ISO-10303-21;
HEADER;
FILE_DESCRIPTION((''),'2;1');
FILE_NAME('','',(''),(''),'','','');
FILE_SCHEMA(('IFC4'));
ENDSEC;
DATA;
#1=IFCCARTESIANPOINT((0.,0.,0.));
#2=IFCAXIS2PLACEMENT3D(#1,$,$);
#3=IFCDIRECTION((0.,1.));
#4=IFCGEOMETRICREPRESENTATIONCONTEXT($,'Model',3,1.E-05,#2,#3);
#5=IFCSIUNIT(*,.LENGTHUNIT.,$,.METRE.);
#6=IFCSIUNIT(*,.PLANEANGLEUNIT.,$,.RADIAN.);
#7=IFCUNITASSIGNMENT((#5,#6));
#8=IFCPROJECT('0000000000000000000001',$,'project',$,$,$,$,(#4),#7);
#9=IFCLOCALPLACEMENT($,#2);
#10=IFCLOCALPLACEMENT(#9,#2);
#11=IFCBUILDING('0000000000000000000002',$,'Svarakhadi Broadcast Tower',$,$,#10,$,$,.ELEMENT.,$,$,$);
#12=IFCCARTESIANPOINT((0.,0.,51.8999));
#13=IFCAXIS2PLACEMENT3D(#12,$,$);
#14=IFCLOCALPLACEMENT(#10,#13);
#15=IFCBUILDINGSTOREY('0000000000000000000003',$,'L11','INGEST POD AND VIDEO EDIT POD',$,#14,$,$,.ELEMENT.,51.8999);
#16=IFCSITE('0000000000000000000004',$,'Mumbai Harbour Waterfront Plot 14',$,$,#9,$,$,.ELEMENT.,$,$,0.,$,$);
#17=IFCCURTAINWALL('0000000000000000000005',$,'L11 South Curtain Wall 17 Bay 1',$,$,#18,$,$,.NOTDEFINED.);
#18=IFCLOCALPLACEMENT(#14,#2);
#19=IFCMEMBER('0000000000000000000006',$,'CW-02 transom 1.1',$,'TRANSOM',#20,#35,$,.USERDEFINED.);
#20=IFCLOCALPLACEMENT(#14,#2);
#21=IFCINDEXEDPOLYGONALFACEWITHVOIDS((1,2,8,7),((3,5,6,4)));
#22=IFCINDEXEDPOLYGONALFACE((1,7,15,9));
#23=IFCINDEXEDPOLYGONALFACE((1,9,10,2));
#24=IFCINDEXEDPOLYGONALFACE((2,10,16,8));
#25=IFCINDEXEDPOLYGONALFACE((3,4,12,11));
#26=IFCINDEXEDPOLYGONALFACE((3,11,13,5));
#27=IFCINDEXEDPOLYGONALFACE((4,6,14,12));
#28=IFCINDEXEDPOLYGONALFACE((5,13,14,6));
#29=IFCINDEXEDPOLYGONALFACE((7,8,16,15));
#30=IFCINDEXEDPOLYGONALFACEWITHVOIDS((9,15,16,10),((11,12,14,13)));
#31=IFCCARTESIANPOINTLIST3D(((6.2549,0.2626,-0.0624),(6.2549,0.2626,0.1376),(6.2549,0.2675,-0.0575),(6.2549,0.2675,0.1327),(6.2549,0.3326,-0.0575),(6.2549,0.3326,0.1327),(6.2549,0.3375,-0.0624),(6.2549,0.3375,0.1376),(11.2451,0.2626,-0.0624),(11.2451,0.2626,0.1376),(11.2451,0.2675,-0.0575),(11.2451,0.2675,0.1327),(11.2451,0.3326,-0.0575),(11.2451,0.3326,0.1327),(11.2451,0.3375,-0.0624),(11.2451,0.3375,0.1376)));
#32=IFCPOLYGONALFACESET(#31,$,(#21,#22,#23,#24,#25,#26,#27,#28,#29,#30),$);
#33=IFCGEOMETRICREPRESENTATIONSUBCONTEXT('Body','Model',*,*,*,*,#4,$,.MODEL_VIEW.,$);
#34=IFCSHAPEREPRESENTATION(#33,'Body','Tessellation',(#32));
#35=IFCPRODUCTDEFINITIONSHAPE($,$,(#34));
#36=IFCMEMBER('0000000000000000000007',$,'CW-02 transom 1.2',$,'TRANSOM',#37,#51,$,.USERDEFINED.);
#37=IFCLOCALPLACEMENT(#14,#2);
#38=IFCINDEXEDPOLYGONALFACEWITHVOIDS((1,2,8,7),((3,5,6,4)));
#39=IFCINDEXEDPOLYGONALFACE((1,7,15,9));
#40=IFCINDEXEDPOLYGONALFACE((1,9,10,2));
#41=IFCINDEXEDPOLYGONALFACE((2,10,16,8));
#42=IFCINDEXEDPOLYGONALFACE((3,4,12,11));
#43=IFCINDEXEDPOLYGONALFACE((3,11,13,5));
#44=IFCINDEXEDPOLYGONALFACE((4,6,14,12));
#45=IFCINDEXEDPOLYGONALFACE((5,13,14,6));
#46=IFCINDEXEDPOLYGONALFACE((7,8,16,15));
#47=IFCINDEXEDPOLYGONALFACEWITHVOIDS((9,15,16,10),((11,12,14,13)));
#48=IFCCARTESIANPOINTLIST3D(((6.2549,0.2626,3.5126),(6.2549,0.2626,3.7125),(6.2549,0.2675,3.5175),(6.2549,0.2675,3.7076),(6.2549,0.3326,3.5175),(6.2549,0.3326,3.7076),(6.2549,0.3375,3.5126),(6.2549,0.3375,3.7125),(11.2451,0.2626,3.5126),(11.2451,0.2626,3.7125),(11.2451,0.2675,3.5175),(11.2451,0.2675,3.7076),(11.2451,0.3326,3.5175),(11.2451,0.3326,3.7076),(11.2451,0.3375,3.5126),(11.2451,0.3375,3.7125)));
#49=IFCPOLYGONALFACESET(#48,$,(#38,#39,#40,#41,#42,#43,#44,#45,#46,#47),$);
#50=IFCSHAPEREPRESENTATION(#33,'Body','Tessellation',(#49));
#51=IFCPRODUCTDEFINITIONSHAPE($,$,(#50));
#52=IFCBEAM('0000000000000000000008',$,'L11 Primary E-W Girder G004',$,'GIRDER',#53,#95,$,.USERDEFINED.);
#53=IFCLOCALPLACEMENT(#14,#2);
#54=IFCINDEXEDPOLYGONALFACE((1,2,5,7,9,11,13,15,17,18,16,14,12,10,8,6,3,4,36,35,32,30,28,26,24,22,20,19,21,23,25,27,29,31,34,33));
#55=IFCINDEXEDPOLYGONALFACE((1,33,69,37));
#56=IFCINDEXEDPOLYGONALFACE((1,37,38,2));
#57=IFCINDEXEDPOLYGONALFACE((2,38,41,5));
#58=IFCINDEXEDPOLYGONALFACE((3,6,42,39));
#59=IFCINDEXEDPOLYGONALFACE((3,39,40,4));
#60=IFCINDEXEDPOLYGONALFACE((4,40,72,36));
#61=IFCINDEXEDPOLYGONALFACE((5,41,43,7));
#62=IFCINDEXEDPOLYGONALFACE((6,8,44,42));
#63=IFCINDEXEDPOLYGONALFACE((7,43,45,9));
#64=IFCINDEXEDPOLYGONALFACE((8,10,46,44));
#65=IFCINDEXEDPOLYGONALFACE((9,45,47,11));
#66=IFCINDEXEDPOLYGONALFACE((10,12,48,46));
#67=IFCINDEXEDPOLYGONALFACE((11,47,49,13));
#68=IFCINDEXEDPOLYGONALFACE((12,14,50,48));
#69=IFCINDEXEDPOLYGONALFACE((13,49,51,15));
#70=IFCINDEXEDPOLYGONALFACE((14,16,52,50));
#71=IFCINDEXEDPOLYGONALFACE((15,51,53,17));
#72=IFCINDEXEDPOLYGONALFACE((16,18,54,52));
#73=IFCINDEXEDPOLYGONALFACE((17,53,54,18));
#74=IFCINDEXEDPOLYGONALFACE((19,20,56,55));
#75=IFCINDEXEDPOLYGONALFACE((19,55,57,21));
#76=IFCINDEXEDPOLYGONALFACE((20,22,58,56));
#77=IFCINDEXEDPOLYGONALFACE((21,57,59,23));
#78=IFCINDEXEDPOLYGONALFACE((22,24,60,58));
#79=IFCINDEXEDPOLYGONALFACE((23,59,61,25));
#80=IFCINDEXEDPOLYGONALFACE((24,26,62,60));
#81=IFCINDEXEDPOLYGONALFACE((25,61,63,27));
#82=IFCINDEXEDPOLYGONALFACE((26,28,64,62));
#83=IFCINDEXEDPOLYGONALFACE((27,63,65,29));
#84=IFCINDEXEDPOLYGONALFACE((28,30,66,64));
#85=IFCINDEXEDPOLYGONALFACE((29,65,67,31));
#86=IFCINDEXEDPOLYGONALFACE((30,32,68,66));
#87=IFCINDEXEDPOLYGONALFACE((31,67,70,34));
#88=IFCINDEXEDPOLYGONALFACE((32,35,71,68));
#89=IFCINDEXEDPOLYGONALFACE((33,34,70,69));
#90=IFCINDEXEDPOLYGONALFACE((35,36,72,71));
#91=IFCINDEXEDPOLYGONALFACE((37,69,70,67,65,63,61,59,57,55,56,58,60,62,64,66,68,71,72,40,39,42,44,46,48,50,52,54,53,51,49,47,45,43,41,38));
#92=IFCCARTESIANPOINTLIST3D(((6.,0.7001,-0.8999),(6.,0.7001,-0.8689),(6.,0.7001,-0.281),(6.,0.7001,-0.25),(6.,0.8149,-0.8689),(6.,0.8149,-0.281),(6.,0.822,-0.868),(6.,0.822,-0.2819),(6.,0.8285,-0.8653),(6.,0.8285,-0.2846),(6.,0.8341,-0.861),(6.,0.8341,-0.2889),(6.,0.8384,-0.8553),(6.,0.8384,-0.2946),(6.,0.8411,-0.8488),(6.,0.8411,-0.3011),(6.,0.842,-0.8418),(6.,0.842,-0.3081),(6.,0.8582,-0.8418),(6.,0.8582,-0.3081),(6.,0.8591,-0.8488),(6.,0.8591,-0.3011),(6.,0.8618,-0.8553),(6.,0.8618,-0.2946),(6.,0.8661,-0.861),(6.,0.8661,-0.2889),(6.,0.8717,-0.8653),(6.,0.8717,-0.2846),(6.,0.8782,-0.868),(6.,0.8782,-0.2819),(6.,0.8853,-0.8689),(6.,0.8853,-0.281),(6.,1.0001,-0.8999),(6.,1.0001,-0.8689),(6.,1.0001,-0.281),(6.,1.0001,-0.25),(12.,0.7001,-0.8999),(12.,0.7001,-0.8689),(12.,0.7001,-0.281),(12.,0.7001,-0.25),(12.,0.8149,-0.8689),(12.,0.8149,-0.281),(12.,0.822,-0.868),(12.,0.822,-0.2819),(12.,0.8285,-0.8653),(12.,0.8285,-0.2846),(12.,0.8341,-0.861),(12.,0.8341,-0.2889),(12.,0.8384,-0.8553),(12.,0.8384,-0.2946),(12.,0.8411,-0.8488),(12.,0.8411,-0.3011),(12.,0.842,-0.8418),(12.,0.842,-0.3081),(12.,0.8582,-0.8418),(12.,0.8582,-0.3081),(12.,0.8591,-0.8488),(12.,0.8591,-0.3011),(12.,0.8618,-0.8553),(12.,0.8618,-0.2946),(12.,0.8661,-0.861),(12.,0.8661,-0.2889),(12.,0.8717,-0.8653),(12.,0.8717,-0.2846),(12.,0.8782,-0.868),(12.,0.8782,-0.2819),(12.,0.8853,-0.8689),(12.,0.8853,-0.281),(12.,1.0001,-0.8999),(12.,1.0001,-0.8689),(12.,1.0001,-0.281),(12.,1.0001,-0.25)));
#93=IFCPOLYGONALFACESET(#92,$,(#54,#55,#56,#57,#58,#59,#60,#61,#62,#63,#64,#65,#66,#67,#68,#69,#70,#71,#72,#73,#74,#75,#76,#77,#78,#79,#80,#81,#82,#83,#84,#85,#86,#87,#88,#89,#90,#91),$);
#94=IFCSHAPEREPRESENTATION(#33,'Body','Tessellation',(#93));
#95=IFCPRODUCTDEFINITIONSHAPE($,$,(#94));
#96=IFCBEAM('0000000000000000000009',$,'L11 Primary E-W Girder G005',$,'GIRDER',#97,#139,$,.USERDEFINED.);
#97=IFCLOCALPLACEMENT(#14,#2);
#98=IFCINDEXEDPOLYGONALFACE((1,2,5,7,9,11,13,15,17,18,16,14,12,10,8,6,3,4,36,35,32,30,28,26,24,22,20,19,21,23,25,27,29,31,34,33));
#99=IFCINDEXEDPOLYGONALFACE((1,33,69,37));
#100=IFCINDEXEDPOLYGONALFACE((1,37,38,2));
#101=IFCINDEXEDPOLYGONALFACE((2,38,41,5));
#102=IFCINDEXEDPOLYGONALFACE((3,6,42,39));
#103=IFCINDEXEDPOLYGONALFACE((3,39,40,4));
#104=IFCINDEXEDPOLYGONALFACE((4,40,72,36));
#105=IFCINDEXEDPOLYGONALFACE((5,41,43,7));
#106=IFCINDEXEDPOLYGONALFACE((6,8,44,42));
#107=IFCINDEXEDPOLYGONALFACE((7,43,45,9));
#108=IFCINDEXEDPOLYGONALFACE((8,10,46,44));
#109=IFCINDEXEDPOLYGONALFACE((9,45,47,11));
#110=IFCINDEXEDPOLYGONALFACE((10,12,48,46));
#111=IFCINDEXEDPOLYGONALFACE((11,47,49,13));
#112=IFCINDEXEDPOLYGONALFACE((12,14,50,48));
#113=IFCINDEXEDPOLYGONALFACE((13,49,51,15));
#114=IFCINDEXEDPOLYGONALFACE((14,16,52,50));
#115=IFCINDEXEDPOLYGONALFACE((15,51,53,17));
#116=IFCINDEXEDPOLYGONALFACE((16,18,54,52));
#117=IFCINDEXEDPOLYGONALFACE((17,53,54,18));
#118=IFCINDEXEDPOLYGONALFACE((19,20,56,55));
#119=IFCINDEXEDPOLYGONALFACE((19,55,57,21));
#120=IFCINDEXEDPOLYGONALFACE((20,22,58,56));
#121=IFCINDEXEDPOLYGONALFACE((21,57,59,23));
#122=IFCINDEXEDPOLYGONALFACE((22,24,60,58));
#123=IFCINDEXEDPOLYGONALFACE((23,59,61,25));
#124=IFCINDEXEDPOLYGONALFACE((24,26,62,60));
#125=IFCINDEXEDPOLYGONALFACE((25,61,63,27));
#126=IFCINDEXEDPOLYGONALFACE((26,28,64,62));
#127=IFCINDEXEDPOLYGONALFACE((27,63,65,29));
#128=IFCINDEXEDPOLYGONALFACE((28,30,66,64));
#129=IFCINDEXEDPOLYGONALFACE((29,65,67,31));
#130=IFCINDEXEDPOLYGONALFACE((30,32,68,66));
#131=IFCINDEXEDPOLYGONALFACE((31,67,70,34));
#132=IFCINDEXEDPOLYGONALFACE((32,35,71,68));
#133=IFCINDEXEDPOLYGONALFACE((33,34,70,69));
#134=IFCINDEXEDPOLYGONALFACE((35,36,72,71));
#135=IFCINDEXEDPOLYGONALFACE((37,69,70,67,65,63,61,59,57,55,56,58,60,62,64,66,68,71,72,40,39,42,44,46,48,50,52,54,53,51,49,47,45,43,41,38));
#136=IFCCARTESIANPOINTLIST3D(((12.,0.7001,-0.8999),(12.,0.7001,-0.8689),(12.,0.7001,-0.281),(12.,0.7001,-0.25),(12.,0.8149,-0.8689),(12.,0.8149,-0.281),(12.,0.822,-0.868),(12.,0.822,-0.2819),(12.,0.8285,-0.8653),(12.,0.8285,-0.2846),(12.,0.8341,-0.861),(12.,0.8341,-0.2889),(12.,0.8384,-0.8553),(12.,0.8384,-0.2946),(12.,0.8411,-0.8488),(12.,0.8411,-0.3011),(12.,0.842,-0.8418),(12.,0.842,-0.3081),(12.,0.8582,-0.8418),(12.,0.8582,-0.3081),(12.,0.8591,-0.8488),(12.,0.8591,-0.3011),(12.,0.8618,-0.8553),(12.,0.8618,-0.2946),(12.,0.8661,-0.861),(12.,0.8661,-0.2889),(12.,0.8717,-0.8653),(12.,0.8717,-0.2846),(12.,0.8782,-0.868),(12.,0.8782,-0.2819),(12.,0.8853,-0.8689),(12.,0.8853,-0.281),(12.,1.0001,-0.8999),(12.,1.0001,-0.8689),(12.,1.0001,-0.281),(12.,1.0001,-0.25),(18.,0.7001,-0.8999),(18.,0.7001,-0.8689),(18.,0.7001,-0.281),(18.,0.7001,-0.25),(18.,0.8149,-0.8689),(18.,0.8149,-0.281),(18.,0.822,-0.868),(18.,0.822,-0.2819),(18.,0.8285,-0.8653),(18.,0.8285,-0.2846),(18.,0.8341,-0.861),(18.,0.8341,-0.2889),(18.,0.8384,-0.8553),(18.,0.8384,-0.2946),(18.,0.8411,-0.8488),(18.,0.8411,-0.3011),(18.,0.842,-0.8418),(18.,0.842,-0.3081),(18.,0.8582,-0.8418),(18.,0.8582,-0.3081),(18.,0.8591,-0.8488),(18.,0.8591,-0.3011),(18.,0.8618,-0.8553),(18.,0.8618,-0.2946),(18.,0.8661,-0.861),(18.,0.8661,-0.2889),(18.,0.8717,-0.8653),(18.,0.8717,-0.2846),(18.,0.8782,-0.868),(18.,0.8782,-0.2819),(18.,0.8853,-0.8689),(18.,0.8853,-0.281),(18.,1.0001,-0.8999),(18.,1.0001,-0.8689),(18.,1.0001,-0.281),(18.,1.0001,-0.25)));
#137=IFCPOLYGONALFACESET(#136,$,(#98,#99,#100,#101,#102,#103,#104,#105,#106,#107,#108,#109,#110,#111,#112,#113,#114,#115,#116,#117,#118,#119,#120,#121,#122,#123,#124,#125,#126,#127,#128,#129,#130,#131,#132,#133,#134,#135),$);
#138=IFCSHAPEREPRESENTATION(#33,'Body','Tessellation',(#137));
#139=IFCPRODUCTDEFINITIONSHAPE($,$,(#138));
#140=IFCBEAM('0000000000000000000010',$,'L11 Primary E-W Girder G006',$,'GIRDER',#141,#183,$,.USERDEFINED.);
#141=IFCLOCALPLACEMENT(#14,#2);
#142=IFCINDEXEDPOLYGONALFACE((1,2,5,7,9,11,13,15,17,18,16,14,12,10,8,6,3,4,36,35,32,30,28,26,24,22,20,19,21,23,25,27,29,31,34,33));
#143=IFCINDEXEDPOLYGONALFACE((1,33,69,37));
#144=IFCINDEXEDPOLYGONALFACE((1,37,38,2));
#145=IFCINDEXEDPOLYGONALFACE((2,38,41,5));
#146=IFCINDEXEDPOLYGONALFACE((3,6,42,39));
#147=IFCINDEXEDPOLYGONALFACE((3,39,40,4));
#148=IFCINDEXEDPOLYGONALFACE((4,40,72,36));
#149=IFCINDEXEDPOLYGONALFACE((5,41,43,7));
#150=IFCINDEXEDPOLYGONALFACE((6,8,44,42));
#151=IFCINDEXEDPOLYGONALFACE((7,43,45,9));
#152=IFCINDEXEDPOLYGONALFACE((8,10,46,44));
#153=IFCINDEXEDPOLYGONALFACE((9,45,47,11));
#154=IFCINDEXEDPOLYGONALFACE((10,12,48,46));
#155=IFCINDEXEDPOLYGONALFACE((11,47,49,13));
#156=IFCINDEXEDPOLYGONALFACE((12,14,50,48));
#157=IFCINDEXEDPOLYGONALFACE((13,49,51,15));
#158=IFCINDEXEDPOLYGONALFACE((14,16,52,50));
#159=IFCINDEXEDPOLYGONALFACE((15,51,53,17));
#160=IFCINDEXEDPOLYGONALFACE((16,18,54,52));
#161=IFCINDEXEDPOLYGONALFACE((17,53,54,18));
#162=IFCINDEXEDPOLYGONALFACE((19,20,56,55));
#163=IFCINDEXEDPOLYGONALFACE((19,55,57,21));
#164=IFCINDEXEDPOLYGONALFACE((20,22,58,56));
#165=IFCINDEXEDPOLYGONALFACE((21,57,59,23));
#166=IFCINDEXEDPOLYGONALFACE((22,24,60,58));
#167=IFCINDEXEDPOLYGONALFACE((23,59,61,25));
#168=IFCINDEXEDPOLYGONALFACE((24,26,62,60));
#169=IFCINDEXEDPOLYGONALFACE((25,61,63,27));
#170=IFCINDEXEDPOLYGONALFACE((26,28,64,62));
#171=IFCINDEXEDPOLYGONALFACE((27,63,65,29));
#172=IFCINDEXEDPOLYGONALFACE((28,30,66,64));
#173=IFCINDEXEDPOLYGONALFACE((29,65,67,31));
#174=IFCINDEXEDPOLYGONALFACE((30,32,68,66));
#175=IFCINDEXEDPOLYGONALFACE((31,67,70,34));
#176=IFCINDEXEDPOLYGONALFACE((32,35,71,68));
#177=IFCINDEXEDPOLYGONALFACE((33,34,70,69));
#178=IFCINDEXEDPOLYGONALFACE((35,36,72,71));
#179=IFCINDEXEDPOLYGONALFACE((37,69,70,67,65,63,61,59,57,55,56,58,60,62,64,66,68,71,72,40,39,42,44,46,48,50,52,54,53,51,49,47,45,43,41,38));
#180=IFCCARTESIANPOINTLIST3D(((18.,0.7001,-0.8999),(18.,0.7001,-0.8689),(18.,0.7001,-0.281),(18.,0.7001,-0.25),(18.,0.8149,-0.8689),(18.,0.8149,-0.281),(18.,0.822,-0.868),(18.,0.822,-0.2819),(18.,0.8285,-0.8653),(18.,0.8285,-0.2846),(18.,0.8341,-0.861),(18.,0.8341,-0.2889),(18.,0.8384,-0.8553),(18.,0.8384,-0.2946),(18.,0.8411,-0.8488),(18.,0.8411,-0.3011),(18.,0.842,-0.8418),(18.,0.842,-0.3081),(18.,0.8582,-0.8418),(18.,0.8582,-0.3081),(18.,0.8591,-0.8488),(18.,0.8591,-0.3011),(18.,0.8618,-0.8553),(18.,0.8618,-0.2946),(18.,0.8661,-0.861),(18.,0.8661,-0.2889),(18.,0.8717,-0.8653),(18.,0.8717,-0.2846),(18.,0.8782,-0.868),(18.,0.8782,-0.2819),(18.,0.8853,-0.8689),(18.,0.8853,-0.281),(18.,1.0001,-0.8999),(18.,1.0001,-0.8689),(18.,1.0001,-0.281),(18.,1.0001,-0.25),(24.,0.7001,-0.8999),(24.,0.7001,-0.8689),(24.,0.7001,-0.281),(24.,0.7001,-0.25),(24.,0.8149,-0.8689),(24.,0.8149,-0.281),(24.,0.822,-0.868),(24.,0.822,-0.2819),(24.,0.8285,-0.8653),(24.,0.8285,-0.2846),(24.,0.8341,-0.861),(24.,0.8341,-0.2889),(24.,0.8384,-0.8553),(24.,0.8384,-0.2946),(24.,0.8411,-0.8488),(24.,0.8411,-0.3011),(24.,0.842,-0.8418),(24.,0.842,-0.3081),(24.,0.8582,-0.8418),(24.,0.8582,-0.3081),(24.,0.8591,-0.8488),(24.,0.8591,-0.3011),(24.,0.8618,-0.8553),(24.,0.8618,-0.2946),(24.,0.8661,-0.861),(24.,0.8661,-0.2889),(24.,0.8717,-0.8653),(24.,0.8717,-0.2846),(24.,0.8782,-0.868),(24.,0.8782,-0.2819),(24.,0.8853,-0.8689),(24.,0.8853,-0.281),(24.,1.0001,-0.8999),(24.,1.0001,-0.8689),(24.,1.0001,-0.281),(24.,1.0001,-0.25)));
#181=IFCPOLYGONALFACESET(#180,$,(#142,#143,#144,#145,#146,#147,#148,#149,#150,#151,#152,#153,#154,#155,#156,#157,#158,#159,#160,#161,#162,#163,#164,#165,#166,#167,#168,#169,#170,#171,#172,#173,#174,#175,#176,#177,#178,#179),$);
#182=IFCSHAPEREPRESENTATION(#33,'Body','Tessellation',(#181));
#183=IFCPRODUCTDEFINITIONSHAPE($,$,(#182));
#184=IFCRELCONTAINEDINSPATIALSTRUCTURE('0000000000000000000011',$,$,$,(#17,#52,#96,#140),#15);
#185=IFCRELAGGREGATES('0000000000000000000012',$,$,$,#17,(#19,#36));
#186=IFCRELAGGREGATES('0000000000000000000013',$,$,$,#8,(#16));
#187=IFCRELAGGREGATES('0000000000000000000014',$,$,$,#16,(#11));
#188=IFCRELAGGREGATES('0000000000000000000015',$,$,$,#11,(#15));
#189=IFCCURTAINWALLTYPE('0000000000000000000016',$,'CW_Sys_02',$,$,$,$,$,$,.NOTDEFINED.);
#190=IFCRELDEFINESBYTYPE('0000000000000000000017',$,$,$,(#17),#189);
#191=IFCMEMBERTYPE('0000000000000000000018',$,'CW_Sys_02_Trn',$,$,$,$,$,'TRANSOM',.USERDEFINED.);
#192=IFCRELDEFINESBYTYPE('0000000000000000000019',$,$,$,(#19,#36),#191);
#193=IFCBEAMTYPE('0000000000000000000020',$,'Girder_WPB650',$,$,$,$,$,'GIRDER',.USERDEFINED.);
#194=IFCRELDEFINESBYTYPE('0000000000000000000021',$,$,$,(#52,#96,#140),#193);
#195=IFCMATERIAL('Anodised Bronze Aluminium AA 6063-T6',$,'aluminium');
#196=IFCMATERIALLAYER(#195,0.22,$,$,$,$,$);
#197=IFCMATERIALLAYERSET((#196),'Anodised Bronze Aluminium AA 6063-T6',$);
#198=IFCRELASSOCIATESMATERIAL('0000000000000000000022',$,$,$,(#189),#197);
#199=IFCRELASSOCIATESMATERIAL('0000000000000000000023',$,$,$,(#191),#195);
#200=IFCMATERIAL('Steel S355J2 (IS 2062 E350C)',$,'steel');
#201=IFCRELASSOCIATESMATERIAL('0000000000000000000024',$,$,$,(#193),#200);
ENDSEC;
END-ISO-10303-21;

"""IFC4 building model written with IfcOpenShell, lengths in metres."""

from ifc_helpers import new_model, si_unit, direction, frame, origin, origin_2d, place, context, subcontext, project, spatial, hollow_rectangle, i_section, extrude, material, layer, layer_set, material_profile, profile_set, type_object, element, aggregate, save


model = new_model("IFC4")

# Units and contexts
model_context = context("Model", 3, precision=1e-05, world=origin(), true_north=direction((0.0, 1.0)))
body_context = subcontext(model_context, "Body", "Model", "MODEL_VIEW")
ifc_project = project(units=[si_unit("LENGTHUNIT", "METRE"), si_unit("PLANEANGLEUNIT", "RADIAN")], contexts=[model_context])

# Site, building, storey
site_placement = place(None, origin())
site = spatial("IfcSite", under=ifc_project, at=site_placement, Name="Mumbai Harbour Waterfront Plot 14", CompositionType="ELEMENT", RefElevation=0.0)
building_placement = place(site_placement, origin())
building = spatial("IfcBuilding", under=site, at=building_placement, Name="Svarakhadi Broadcast Tower", CompositionType="ELEMENT")
storey_placement = place(building_placement, frame((0.0, 0.0, 51.8999)))
storey = spatial("IfcBuildingStorey", under=building, at=storey_placement, Name="L11", Description="INGEST POD AND VIDEO EDIT POD", CompositionType="ELEMENT", Elevation=51.8999)

# Shared definitions
ifc_material_1 = material(Name="Steel S355J2 (IS 2062 E350C)", Category="steel")

# Curtain wall, members
ifc_material_2 = material(Name="Anodised Bronze Aluminium AA 6063-T6", Category="aluminium")
ifc_layer_1 = layer(ifc_material_2, 0.22)
ifc_layer_set_1 = layer_set([ifc_layer_1], Name="Anodised Bronze Aluminium AA 6063-T6")
curtain_wall_type = type_object("IfcCurtainWallType", Name="CW_Sys_02", PredefinedType="NOTDEFINED", material=ifc_layer_set_1)
curtain_wall_placement = place(storey_placement, origin())
curtain_wall = element("IfcCurtainWall", 1, at=curtain_wall_placement, inside=storey, type_object=curtain_wall_type, Name="L11 South Curtain Wall 17 Bay 1", PredefinedType="NOTDEFINED")
ifc_material_profile_1 = material_profile(ifc_material_2, hollow_rectangle(XDim=0.075, YDim=0.2, WallThickness=0.0049, at=origin_2d()), Name="ALU TRANSOM 200x75x5")
ifc_profile_set_1 = profile_set([ifc_material_profile_1], Name="Anodised Bronze Aluminium AA 6063-T6")
member_type_1 = type_object("IfcMemberType", Name="CW_Sys_02_Trn", ElementType="TRANSOM", PredefinedType="USERDEFINED", material=ifc_profile_set_1)
member_1_placement = place(storey_placement, frame((11.2451, 0.3, 0.0376), z_axis=(-1.0, 0.0, 0.0), x_axis=(0.0, -1.0, 0.0)))
member_1 = element("IfcMember", 2, at=member_1_placement, type_object=member_type_1, Name="CW-02 transom 1.1", ObjectType="TRANSOM", PredefinedType="USERDEFINED", context=body_context, shape_type="SweptSolid", body=[
    extrude(hollow_rectangle(XDim=0.075, YDim=0.2, WallThickness=0.0049, at=origin_2d()), origin(), (0.0, 0.0, 1.0), 4.9902),
])
member_2_placement = place(storey_placement, frame((11.2451, 0.3, 3.6125), z_axis=(-1.0, 0.0, 0.0), x_axis=(0.0, -1.0, 0.0)))
member_2 = element("IfcMember", 3, at=member_2_placement, type_object=member_type_1, Name="CW-02 transom 1.2", ObjectType="TRANSOM", PredefinedType="USERDEFINED", context=body_context, shape_type="SweptSolid", body=[
    extrude(hollow_rectangle(XDim=0.075, YDim=0.2, WallThickness=0.0049, at=origin_2d()), origin(), (0.0, 0.0, 1.0), 4.9902),
])

# Beams
ifc_material_profile_2 = material_profile(ifc_material_1, i_section(OverallWidth=0.3, OverallDepth=0.6499, WebThickness=0.0161, FlangeThickness=0.031, FilletRadius=0.0271, at=origin_2d()), Name="WPB 650x300x225")
ifc_profile_set_2 = profile_set([ifc_material_profile_2], Name="Steel S355J2 (IS 2062 E350C)")
beam_type_1 = type_object("IfcBeamType", Name="Girder_WPB650", ElementType="GIRDER", PredefinedType="USERDEFINED", material=ifc_profile_set_2)
for number, where, z_axis, x_axis, name in (
    (4, (6.0, 0.8501, -0.575), (1.0, 0.0, 0.0), (0.0, 1.0, 0.0), "L11 Primary E-W Girder G004"),
    (5, (12.0, 0.8501, -0.575), (1.0, 0.0, 0.0), (0.0, 1.0, 0.0), "L11 Primary E-W Girder G005"),
    (6, (18.0, 0.8501, -0.575), (1.0, 0.0, 0.0), (0.0, 1.0, 0.0), "L11 Primary E-W Girder G006"),
):
    element("IfcBeam", number, at=place(storey_placement, frame(where, z_axis=z_axis, x_axis=x_axis)), inside=storey, type_object=beam_type_1, Name=name, ObjectType="GIRDER", PredefinedType="USERDEFINED", context=body_context, shape_type="SweptSolid", body=[
        extrude(i_section(OverallWidth=0.3, OverallDepth=0.6499, WebThickness=0.0161, FlangeThickness=0.031, FilletRadius=0.0271, at=origin_2d()), origin(), (0.0, 0.0, 1.0), 6.0),
    ])

aggregate(curtain_wall, [member_1, member_2])

save(model, "model.ifc")
